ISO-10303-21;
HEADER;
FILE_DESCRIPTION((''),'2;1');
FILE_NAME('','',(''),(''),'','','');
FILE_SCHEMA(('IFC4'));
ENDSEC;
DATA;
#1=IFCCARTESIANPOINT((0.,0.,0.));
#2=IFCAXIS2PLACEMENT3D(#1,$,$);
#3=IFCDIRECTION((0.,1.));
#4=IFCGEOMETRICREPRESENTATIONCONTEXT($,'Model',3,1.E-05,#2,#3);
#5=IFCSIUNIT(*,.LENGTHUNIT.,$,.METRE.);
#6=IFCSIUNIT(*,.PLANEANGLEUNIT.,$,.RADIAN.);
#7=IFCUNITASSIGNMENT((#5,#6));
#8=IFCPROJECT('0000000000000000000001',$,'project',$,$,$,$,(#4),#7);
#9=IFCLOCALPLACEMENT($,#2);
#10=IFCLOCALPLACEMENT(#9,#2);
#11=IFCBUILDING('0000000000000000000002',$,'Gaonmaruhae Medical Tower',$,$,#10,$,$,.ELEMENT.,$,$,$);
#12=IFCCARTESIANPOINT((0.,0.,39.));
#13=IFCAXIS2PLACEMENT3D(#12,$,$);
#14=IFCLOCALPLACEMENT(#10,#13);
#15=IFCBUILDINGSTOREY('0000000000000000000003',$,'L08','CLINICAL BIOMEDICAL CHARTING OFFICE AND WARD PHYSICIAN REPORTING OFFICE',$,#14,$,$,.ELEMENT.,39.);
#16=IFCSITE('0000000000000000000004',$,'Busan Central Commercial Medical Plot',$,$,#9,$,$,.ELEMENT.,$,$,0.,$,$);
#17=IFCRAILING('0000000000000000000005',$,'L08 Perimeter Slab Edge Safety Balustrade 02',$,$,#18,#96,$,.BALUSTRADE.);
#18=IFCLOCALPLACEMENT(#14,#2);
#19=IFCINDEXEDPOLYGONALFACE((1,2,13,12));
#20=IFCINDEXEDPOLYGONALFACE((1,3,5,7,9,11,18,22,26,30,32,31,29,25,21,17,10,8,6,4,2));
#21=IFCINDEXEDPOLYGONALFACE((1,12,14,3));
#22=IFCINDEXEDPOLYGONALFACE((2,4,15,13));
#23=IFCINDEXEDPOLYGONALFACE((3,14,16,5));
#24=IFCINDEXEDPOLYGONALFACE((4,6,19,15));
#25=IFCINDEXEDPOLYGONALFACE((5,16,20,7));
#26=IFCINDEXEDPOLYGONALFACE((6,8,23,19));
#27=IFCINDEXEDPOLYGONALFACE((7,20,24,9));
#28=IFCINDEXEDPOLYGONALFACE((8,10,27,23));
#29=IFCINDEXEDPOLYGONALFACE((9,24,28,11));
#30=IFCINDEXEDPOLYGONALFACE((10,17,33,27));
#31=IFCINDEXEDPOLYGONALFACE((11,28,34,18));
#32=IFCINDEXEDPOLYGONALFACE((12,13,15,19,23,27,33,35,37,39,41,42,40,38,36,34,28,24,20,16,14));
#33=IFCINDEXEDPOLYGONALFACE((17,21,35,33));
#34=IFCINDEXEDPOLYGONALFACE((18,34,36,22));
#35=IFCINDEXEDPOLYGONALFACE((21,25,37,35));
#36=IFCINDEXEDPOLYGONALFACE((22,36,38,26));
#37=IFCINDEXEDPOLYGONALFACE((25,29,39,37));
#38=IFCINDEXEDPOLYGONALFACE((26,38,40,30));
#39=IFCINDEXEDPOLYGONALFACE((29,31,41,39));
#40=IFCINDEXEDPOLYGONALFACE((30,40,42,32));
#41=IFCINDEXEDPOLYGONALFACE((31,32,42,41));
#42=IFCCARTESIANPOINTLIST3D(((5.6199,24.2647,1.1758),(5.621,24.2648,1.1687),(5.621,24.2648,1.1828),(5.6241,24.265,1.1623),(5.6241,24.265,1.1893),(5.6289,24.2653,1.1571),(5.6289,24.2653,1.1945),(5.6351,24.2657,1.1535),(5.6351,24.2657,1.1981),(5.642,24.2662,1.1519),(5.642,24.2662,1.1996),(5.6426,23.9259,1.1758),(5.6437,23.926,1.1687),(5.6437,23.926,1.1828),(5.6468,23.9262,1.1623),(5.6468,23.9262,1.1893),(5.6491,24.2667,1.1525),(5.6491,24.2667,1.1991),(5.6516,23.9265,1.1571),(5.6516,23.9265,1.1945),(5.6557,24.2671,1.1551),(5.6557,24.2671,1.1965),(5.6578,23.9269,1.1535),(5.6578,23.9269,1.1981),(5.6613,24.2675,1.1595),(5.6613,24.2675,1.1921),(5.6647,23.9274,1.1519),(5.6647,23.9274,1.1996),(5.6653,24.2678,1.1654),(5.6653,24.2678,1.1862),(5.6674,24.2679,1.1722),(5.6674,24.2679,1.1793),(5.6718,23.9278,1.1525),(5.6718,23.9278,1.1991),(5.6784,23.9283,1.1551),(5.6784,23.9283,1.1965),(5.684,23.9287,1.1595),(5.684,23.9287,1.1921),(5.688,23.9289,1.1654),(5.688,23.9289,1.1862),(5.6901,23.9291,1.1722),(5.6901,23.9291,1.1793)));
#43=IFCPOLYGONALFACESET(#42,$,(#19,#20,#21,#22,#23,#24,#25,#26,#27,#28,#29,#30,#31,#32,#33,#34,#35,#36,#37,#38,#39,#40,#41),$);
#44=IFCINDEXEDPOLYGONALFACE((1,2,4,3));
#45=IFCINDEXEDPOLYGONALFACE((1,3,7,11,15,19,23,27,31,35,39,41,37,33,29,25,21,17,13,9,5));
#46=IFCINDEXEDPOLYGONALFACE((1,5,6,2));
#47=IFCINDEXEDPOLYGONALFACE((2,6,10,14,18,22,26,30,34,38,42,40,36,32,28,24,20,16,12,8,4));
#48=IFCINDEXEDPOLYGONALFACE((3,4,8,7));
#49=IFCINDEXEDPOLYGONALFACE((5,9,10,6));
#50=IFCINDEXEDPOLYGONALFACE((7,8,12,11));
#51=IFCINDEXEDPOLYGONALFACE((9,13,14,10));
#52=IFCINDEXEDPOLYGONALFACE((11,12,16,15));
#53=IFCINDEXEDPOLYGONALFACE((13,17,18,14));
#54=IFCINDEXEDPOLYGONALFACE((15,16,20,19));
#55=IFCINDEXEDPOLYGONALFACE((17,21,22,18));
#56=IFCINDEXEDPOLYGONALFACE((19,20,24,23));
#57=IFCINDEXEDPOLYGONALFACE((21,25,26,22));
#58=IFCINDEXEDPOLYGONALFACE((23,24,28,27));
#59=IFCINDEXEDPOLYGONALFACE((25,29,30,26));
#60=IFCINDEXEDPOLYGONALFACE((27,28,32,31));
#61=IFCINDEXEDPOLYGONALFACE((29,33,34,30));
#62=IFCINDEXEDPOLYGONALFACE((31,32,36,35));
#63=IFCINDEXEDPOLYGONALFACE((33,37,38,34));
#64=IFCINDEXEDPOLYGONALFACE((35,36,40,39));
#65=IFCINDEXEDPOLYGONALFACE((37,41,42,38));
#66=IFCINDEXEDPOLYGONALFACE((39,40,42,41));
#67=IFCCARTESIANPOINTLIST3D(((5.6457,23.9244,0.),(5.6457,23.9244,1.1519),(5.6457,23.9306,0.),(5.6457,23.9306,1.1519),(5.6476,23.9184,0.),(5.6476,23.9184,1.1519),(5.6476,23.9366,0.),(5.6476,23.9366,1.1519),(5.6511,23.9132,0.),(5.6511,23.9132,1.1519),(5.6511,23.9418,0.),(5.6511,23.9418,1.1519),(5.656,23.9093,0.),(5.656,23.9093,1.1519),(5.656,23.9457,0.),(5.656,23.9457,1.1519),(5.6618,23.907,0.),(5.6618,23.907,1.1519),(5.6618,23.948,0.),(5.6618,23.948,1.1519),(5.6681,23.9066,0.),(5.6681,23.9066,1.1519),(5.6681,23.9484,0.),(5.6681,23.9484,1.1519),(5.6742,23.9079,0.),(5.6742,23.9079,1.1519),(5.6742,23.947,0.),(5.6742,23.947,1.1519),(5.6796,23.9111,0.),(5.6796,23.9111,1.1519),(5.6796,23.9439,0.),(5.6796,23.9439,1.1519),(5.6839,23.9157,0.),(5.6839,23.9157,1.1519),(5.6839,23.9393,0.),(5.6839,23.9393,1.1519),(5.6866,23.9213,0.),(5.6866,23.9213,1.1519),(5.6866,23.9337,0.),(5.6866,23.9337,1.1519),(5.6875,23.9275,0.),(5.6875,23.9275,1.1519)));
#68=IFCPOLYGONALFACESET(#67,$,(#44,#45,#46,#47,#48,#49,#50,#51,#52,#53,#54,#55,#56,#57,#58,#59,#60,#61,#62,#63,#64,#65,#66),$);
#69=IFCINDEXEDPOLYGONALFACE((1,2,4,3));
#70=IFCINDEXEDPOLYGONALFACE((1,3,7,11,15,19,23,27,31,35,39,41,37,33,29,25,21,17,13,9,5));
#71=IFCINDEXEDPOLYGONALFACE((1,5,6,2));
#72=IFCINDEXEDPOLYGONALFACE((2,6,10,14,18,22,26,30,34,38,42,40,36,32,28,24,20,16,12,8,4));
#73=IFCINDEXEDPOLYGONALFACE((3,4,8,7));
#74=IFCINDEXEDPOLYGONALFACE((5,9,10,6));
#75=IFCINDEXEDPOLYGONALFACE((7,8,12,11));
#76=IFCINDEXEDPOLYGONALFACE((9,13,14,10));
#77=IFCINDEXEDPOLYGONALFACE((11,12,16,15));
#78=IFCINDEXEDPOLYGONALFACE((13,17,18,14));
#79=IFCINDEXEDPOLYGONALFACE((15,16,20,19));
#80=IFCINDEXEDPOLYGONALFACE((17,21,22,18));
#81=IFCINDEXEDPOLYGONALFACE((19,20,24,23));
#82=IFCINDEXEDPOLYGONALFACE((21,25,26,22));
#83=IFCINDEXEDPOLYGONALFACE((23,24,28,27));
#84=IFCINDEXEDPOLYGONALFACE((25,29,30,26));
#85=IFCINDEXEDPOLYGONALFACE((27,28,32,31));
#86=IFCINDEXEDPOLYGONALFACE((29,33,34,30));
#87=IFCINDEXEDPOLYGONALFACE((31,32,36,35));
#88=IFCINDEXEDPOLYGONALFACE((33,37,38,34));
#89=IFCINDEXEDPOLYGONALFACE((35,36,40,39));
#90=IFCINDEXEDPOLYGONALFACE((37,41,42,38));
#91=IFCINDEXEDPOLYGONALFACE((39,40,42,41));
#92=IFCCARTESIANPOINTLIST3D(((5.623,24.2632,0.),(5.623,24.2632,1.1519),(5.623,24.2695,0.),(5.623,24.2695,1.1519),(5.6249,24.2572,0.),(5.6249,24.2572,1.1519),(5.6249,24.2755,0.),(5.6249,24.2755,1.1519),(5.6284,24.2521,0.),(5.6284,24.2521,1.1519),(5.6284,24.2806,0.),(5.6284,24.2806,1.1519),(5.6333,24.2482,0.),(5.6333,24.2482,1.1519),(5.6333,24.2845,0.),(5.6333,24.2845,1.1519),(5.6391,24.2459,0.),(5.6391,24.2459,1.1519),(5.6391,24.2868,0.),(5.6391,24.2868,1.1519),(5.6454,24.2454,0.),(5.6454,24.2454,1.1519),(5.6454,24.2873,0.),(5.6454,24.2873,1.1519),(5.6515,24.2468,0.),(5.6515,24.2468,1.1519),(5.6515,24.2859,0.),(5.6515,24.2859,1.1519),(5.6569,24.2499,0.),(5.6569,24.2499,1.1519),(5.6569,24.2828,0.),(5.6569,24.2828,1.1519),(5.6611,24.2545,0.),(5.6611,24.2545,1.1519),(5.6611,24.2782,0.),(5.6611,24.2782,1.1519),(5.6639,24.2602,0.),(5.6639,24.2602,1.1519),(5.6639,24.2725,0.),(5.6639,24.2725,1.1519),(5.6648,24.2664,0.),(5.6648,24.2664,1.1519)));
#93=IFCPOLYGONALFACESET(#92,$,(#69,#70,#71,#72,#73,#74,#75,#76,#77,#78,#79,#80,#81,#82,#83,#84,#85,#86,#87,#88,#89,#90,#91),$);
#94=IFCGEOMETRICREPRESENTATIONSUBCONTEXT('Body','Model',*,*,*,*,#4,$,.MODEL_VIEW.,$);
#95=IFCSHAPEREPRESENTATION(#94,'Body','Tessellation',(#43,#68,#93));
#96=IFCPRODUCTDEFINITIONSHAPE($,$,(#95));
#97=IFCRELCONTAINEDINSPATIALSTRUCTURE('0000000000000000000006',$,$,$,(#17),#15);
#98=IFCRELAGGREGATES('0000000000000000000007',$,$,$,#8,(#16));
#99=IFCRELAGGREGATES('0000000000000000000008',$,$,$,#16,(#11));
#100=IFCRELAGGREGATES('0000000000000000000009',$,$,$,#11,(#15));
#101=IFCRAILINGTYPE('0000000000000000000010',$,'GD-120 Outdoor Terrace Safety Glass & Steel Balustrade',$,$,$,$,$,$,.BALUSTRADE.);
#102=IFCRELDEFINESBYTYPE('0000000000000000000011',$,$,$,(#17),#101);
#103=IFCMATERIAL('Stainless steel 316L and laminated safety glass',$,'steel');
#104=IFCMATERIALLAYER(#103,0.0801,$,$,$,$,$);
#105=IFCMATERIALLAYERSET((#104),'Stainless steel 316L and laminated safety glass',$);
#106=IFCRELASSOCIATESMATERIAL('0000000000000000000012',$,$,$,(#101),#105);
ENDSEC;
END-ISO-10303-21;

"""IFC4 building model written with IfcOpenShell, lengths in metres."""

from ifc_helpers import new_model, si_unit, direction, frame, origin, origin_2d, place, context, subcontext, project, spatial, circle, extrude, material, layer, layer_set, type_object, element, save


model = new_model("IFC4")

# Units and contexts
model_context = context("Model", 3, precision=1e-05, world=origin(), true_north=direction((0.0, 1.0)))
body_context = subcontext(model_context, "Body", "Model", "MODEL_VIEW")
ifc_project = project(units=[si_unit("LENGTHUNIT", "METRE"), si_unit("PLANEANGLEUNIT", "RADIAN")], contexts=[model_context])

# Site, building, storey
site_placement = place(None, origin())
site = spatial("IfcSite", under=ifc_project, at=site_placement, Name="Busan Central Commercial Medical Plot", CompositionType="ELEMENT", RefElevation=0.0)
building_placement = place(site_placement, origin())
building = spatial("IfcBuilding", under=site, at=building_placement, Name="Gaonmaruhae Medical Tower", CompositionType="ELEMENT")
storey_placement = place(building_placement, frame((0.0, 0.0, 39.0)))
storey = spatial("IfcBuildingStorey", under=building, at=storey_placement, Name="L08", Description="CLINICAL BIOMEDICAL CHARTING OFFICE AND WARD PHYSICIAN REPORTING OFFICE", CompositionType="ELEMENT", Elevation=39.0)

# Railing
ifc_material_1 = material(Name="Stainless steel 316L and laminated safety glass", Category="steel")
ifc_layer_1 = layer(ifc_material_1, 0.0801)
ifc_layer_set_1 = layer_set([ifc_layer_1], Name="Stainless steel 316L and laminated safety glass")
railing_type = type_object("IfcRailingType", Name="GD-120 Outdoor Terrace Safety Glass & Steel Balustrade", PredefinedType="BALUSTRADE", material=ifc_layer_set_1)
railing_placement = place(storey_placement, frame((5.6665, 23.9275, 0.0)))
element("IfcRailing", 1, at=railing_placement, inside=storey, type_object=railing_type, Name="L08 Perimeter Slab Edge Safety Balustrade 02", PredefinedType="BALUSTRADE", context=body_context, shape_type="SweptSolid", body=[
    extrude(circle(Radius=0.0239, at=origin_2d()), frame((0.0, 0.0, 1.1758), z_axis=(-0.066853, 0.997763, 0.0), x_axis=(-0.997763, -0.066853, 0.0)), (0.0, 0.0, 1.0), 0.3396),
    extrude(circle(Radius=0.021, at=origin_2d()), origin(), (0.0, 0.0, 1.0), 1.1519),
    extrude(circle(Radius=0.021, at=origin_2d()), frame((-0.0227, 0.3389, 0.0)), (0.0, 0.0, 1.0), 1.1519),
])

save(model, "model.ifc")
